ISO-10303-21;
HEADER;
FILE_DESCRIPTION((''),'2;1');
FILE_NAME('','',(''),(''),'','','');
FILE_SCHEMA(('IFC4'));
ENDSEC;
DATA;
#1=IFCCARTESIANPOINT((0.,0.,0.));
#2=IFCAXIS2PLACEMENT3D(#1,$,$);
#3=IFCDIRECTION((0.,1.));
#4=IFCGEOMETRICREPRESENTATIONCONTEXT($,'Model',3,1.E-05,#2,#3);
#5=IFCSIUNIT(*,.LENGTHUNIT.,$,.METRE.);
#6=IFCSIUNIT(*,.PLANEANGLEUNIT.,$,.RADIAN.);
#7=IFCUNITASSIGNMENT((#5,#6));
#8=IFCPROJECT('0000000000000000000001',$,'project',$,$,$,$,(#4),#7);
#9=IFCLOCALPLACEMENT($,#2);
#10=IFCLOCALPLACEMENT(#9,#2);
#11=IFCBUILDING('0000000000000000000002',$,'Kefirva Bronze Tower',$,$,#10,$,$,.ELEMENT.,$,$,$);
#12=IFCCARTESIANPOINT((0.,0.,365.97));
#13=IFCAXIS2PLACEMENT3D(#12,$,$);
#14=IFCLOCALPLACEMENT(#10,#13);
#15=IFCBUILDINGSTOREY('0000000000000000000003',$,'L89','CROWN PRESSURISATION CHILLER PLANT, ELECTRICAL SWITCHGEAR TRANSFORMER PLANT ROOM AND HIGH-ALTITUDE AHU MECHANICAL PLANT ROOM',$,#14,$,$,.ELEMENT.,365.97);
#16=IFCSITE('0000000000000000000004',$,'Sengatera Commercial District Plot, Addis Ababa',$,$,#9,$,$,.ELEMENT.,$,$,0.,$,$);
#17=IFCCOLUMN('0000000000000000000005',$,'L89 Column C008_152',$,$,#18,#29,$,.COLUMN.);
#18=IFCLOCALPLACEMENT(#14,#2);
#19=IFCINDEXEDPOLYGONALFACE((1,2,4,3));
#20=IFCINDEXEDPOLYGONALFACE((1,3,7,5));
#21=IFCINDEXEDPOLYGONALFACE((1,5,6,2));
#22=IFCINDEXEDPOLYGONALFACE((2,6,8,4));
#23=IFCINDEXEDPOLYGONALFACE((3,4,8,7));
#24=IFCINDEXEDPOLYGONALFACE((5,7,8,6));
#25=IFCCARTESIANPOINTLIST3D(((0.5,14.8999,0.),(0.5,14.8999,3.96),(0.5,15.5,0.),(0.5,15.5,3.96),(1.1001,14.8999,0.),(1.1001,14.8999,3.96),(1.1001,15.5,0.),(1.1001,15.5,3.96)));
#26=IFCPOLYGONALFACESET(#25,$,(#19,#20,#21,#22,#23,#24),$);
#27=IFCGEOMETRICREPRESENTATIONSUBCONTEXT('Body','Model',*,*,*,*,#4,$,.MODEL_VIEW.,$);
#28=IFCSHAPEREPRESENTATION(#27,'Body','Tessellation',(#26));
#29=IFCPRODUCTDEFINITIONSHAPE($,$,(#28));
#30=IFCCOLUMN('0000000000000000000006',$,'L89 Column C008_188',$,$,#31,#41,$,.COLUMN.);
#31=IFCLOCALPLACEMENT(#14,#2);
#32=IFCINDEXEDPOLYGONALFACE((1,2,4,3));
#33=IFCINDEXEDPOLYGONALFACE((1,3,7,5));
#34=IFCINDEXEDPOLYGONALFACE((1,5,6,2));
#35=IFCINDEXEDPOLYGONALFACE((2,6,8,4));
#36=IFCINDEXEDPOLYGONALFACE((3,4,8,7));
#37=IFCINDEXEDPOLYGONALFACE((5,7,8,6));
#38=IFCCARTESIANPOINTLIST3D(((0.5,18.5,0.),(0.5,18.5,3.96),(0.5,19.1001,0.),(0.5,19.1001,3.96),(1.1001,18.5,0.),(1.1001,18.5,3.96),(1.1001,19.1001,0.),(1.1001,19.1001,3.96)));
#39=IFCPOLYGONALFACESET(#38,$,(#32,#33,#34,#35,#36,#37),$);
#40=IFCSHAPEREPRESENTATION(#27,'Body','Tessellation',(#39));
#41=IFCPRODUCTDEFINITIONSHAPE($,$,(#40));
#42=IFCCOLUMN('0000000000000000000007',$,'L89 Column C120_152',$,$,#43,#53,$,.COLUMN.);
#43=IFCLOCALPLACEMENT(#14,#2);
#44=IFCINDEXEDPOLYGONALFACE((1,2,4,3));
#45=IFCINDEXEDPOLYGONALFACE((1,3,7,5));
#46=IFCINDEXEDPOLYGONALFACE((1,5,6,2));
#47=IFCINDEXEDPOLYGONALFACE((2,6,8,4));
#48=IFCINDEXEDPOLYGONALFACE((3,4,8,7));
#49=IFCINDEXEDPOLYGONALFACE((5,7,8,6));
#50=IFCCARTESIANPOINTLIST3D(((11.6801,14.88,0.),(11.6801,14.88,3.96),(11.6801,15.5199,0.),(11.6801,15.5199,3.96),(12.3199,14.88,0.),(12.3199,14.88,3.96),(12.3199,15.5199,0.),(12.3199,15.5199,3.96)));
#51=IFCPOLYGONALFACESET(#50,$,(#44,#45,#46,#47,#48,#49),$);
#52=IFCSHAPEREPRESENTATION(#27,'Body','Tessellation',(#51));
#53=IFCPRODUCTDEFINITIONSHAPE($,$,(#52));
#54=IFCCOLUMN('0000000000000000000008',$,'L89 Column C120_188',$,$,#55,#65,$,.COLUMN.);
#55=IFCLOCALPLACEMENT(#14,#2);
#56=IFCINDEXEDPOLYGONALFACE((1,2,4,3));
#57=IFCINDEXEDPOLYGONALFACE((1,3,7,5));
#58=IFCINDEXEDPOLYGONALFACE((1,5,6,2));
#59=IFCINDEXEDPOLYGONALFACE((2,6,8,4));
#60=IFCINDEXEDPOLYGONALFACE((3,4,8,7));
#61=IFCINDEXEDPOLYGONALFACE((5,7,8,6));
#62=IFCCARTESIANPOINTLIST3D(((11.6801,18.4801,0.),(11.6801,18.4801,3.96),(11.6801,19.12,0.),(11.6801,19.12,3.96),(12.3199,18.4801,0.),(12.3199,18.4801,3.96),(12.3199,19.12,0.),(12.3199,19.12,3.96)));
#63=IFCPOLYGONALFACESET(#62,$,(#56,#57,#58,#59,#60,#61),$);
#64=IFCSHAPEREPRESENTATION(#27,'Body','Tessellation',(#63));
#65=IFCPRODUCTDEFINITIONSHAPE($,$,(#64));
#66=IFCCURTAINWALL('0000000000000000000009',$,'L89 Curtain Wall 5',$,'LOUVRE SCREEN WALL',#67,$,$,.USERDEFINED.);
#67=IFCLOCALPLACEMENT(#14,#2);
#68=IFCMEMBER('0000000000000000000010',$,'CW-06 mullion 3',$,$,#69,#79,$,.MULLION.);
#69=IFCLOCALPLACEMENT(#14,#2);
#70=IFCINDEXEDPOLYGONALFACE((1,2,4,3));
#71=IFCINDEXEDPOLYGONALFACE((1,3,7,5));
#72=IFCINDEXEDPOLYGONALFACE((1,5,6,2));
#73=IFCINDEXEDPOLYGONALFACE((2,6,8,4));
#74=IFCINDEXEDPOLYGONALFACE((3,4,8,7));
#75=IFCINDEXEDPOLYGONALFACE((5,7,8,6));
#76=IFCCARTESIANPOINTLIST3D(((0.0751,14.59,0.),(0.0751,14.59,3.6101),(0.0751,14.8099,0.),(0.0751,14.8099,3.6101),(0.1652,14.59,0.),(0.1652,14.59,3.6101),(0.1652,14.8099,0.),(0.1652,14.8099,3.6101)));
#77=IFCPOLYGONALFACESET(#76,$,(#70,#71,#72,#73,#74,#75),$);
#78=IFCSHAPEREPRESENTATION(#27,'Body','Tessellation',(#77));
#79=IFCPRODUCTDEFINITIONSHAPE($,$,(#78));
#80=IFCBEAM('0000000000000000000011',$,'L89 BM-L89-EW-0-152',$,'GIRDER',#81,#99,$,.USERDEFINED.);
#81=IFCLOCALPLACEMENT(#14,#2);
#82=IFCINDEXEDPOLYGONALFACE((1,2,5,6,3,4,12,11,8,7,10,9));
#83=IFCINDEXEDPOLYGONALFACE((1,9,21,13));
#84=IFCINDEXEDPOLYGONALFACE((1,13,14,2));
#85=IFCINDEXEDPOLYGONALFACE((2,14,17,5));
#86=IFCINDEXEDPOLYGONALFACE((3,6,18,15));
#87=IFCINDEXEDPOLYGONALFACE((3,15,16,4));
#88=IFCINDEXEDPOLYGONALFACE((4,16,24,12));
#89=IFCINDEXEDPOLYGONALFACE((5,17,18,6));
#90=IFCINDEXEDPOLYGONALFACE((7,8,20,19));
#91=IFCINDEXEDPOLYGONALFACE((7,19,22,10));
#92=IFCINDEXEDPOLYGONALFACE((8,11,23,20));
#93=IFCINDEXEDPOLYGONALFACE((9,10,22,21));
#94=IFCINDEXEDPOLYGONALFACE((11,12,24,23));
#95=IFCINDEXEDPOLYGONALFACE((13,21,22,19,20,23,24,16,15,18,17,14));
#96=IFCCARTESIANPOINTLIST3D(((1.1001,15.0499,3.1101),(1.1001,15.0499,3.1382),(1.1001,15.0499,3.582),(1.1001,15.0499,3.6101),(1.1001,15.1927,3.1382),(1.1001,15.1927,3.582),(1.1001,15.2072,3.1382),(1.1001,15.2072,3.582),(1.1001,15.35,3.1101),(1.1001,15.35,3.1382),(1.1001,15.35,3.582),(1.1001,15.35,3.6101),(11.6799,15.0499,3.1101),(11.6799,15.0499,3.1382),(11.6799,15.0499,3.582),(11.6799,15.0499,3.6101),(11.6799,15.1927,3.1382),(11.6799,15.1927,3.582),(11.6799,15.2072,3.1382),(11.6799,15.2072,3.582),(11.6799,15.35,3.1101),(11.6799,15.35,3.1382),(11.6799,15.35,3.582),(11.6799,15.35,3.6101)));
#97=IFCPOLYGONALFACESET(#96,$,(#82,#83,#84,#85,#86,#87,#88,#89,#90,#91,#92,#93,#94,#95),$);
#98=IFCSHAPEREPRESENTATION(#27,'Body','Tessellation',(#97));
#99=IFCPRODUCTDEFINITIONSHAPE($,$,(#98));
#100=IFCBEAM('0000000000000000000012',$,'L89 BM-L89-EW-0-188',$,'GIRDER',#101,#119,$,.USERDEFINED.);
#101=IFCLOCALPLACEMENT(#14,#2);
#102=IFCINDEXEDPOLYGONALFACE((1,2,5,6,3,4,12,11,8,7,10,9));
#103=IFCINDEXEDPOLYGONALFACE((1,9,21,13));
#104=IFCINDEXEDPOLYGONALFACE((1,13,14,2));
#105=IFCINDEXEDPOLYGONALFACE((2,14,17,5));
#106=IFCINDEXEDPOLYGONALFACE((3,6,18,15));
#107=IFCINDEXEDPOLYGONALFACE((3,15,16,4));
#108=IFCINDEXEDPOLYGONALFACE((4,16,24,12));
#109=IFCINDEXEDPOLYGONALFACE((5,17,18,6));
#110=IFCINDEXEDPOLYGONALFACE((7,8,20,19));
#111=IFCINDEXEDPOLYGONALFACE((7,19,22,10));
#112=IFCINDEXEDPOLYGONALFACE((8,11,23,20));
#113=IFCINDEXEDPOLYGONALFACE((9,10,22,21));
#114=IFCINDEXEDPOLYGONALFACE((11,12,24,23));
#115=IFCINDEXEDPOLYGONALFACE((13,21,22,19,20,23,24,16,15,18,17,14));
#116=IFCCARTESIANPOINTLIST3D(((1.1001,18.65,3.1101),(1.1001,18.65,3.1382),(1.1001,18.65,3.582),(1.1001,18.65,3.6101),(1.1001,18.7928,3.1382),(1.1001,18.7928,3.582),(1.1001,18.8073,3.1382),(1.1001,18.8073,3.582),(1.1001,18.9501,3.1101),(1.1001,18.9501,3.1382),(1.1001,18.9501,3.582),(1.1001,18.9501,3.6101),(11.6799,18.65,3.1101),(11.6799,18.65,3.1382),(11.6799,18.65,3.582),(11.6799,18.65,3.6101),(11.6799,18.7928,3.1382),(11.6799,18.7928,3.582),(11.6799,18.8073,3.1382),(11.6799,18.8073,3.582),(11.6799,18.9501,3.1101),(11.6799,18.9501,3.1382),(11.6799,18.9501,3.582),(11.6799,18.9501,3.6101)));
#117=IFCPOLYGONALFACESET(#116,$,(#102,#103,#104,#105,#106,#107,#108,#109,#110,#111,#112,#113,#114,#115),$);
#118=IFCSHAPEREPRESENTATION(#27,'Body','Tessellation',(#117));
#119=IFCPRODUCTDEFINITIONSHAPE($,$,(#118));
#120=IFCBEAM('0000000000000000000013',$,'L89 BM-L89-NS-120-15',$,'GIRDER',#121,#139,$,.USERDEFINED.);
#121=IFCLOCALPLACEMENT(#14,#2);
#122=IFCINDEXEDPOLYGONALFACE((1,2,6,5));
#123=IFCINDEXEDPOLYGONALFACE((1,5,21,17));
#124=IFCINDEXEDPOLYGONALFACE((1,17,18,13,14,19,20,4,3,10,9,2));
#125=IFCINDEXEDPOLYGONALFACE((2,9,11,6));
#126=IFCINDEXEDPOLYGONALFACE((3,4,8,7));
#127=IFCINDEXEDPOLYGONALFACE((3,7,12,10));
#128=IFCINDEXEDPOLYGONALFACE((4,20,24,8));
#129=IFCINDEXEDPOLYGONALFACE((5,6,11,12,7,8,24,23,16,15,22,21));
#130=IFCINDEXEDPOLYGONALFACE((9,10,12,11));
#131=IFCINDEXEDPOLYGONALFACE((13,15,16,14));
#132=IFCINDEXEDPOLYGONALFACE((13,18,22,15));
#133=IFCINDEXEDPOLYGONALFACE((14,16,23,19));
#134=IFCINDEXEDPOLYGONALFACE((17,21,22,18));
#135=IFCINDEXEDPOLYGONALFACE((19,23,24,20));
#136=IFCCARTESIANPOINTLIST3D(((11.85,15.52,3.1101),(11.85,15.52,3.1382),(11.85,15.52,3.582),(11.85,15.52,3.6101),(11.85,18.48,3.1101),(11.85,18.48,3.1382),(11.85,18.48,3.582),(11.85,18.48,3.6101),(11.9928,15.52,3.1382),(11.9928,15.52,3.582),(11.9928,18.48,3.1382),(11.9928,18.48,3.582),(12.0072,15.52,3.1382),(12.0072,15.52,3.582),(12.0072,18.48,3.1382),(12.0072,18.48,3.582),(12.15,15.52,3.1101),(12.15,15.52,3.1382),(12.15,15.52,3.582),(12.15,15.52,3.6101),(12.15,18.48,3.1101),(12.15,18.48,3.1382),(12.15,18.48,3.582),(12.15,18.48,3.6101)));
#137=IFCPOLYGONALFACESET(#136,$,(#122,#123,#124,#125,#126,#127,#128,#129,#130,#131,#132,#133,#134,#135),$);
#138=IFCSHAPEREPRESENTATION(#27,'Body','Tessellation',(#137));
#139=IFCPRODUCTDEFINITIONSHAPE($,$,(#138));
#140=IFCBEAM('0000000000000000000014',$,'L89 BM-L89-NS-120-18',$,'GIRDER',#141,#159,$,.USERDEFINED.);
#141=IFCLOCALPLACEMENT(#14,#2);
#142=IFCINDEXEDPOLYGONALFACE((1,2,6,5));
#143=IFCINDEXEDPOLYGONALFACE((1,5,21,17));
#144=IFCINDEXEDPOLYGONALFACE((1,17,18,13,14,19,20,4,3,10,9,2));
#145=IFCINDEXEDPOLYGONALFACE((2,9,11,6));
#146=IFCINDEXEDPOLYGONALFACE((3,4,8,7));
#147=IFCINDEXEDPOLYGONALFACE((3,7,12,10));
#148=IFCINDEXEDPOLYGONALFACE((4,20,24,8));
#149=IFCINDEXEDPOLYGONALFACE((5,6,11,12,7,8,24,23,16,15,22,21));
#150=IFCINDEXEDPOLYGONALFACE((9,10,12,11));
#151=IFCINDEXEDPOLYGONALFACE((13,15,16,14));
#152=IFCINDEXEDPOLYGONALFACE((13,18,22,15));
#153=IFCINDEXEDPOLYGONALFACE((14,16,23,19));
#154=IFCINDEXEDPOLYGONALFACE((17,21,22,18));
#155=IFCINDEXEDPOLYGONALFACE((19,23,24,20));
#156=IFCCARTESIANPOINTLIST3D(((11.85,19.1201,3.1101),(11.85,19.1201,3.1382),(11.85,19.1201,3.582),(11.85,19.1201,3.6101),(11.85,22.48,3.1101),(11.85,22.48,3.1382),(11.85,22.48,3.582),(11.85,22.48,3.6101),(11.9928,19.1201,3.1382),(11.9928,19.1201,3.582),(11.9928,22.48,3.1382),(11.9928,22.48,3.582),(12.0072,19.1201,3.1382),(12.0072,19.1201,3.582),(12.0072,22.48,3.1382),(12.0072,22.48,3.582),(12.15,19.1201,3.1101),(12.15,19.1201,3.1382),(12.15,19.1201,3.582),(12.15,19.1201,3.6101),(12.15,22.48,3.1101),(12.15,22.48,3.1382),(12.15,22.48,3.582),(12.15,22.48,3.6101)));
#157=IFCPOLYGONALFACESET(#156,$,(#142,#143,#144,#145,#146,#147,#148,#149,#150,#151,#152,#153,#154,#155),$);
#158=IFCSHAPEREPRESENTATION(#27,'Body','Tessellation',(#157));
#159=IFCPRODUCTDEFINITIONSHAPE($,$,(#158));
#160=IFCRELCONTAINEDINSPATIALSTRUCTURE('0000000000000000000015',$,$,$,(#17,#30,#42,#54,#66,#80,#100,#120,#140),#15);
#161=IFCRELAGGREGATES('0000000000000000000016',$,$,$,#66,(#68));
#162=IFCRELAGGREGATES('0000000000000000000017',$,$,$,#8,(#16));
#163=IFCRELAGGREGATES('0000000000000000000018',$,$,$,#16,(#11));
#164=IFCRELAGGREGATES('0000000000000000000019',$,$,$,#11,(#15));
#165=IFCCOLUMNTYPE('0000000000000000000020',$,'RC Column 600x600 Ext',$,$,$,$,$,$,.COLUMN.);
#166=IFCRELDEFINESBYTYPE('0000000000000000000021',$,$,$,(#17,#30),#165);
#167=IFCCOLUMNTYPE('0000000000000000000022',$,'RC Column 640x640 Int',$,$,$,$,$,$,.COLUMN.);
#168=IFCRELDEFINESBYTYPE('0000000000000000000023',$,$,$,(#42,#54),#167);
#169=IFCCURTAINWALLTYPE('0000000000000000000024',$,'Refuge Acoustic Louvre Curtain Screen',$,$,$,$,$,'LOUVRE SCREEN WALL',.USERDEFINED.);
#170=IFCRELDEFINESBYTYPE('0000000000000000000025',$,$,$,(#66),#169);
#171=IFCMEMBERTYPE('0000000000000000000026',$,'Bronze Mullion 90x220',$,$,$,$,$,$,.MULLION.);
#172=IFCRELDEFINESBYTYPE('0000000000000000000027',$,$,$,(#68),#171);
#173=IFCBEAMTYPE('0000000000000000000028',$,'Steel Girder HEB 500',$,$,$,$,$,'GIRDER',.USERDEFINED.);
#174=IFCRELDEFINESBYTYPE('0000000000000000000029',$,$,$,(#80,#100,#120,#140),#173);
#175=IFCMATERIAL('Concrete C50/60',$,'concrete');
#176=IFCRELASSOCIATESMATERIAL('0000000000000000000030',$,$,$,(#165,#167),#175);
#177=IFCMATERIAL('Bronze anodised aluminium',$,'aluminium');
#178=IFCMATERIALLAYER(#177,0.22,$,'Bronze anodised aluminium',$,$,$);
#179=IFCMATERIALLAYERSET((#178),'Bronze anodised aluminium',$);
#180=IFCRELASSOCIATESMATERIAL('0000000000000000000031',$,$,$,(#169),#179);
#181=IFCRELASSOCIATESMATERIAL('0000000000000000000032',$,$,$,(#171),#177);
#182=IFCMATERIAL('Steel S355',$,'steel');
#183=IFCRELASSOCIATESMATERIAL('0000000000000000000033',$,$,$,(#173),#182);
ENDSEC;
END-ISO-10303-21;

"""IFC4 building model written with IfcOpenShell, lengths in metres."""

from ifc_helpers import new_model, si_unit, direction, frame, origin, origin_2d, place, context, subcontext, project, spatial, rectangle, i_section, extrude, material, layer, layer_set, material_profile, profile_set, type_object, element, aggregate, save


model = new_model("IFC4")

# Units and contexts
model_context = context("Model", 3, precision=1e-05, world=origin(), true_north=direction((0.0, 1.0)))
body_context = subcontext(model_context, "Body", "Model", "MODEL_VIEW")
ifc_project = project(units=[si_unit("LENGTHUNIT", "METRE"), si_unit("PLANEANGLEUNIT", "RADIAN")], contexts=[model_context])

# Site, building, storey
site_placement = place(None, origin())
site = spatial("IfcSite", under=ifc_project, at=site_placement, Name="Sengatera Commercial District Plot, Addis Ababa", CompositionType="ELEMENT", RefElevation=0.0)
building_placement = place(site_placement, origin())
building = spatial("IfcBuilding", under=site, at=building_placement, Name="Kefirva Bronze Tower", CompositionType="ELEMENT")
storey_placement = place(building_placement, frame((0.0, 0.0, 365.97)))
storey = spatial("IfcBuildingStorey", under=building, at=storey_placement, Name="L89", Description="CROWN PRESSURISATION CHILLER PLANT, ELECTRICAL SWITCHGEAR TRANSFORMER PLANT ROOM AND HIGH-ALTITUDE AHU MECHANICAL PLANT ROOM", CompositionType="ELEMENT", Elevation=365.97)

# Columns
ifc_material_1 = material(Name="Concrete C50/60", Category="concrete")
ifc_material_profile_1 = material_profile(ifc_material_1, rectangle(XDim=0.6001, YDim=0.6001, at=origin_2d()), Name="RC 600x600")
ifc_profile_set_1 = profile_set([ifc_material_profile_1], Name="Concrete C50/60")
column_type_1 = type_object("IfcColumnType", Name="RC Column 600x600 Ext", PredefinedType="COLUMN", material=ifc_profile_set_1)
for number, where, z_axis, x_axis, name in (
    (1, (0.8, 15.2, 0.0), (0.0, 0.0, 1.0), (1.0, 0.0, 0.0), "L89 Column C008_152"),
    (2, (0.8, 18.8, 0.0), (0.0, 0.0, 1.0), (1.0, 0.0, 0.0), "L89 Column C008_188"),
):
    element("IfcColumn", number, at=place(storey_placement, frame(where, z_axis=z_axis, x_axis=x_axis)), inside=storey, type_object=column_type_1, Name=name, PredefinedType="COLUMN", context=body_context, shape_type="SweptSolid", body=[
        extrude(rectangle(XDim=0.6001, YDim=0.6001, at=origin_2d()), origin(), (0.0, 0.0, 1.0), 3.96),
    ])
ifc_material_profile_2 = material_profile(ifc_material_1, rectangle(XDim=0.6399, YDim=0.6399, at=origin_2d()), Name="RC 640x640")
ifc_profile_set_2 = profile_set([ifc_material_profile_2], Name="Concrete C50/60")
column_type_2 = type_object("IfcColumnType", Name="RC Column 640x640 Int", PredefinedType="COLUMN", material=ifc_profile_set_2)
for number, where, z_axis, x_axis, name in (
    (3, (12.0, 15.2, 0.0), (0.0, 0.0, 1.0), (1.0, 0.0, 0.0), "L89 Column C120_152"),
    (4, (12.0, 18.8, 0.0), (0.0, 0.0, 1.0), (1.0, 0.0, 0.0), "L89 Column C120_188"),
):
    element("IfcColumn", number, at=place(storey_placement, frame(where, z_axis=z_axis, x_axis=x_axis)), inside=storey, type_object=column_type_2, Name=name, PredefinedType="COLUMN", context=body_context, shape_type="SweptSolid", body=[
        extrude(rectangle(XDim=0.6399, YDim=0.6399, at=origin_2d()), origin(), (0.0, 0.0, 1.0), 3.96),
    ])

# Curtain wall, member
ifc_material_2 = material(Name="Bronze anodised aluminium", Category="aluminium")
ifc_layer_1 = layer(ifc_material_2, 0.22, Name="Bronze anodised aluminium")
ifc_layer_set_1 = layer_set([ifc_layer_1], Name="Bronze anodised aluminium")
curtain_wall_type = type_object("IfcCurtainWallType", Name="Refuge Acoustic Louvre Curtain Screen", ElementType="LOUVRE SCREEN WALL", PredefinedType="USERDEFINED", material=ifc_layer_set_1)
curtain_wall_placement = place(storey_placement, origin())
curtain_wall = element("IfcCurtainWall", 5, at=curtain_wall_placement, inside=storey, type_object=curtain_wall_type, Name="L89 Curtain Wall 5", ObjectType="LOUVRE SCREEN WALL", PredefinedType="USERDEFINED")
ifc_material_profile_3 = material_profile(ifc_material_2, rectangle(XDim=0.0901, YDim=0.22, at=origin_2d()), Name="ALU 90x220")
ifc_profile_set_3 = profile_set([ifc_material_profile_3], Name="Bronze anodised aluminium")
member_type_1 = type_object("IfcMemberType", Name="Bronze Mullion 90x220", PredefinedType="MULLION", material=ifc_profile_set_3)
member_1_placement = place(storey_placement, frame((0.1201, 14.7, 0.0), z_axis=(0.0, 0.0, 1.0), x_axis=(1.0, 0.0, 0.0)))
member_1 = element("IfcMember", 6, at=member_1_placement, type_object=member_type_1, Name="CW-06 mullion 3", PredefinedType="MULLION", context=body_context, shape_type="SweptSolid", body=[
    extrude(rectangle(XDim=0.0901, YDim=0.22, at=origin_2d()), origin(), (0.0, 0.0, 1.0), 3.6101),
])
aggregate(curtain_wall, [member_1])

# Beams
ifc_material_3 = material(Name="Steel S355", Category="steel")
ifc_material_profile_4 = material_profile(ifc_material_3, i_section(OverallWidth=0.3, OverallDepth=0.5, WebThickness=0.0144, FlangeThickness=0.0281, at=origin_2d()), Name="HEB 500")
ifc_profile_set_4 = profile_set([ifc_material_profile_4], Name="Steel S355")
beam_type_1 = type_object("IfcBeamType", Name="Steel Girder HEB 500", ElementType="GIRDER", PredefinedType="USERDEFINED", material=ifc_profile_set_4)
for number, where, z_axis, x_axis, name in (
    (7, (1.1001, 15.2, 3.3601), (1.0, 0.0, 0.0), (0.0, 1.0, 0.0), "L89 BM-L89-EW-0-152"),
    (8, (1.1001, 18.8, 3.3601), (1.0, 0.0, 0.0), (0.0, 1.0, 0.0), "L89 BM-L89-EW-0-188"),
):
    element("IfcBeam", number, at=place(storey_placement, frame(where, z_axis=z_axis, x_axis=x_axis)), inside=storey, type_object=beam_type_1, Name=name, ObjectType="GIRDER", PredefinedType="USERDEFINED", context=body_context, shape_type="SweptSolid", body=[
        extrude(i_section(OverallWidth=0.3, OverallDepth=0.5, WebThickness=0.0144, FlangeThickness=0.0281, at=origin_2d()), origin(), (0.0, 0.0, 1.0), 10.5798),
    ])
beam_1_placement = place(storey_placement, frame((12.0, 15.52, 3.3601), z_axis=(0.0, 1.0, 0.0), x_axis=(-1.0, 0.0, 0.0)))
element("IfcBeam", 9, at=beam_1_placement, inside=storey, type_object=beam_type_1, Name="L89 BM-L89-NS-120-15", ObjectType="GIRDER", PredefinedType="USERDEFINED", context=body_context, shape_type="SweptSolid", body=[
    extrude(i_section(OverallWidth=0.3, OverallDepth=0.5, WebThickness=0.0144, FlangeThickness=0.0281, at=origin_2d()), origin(), (0.0, 0.0, 1.0), 2.96),
])
beam_2_placement = place(storey_placement, frame((12.0, 19.1201, 3.3601), z_axis=(0.0, 1.0, 0.0), x_axis=(-1.0, 0.0, 0.0)))
element("IfcBeam", 10, at=beam_2_placement, inside=storey, type_object=beam_type_1, Name="L89 BM-L89-NS-120-18", ObjectType="GIRDER", PredefinedType="USERDEFINED", context=body_context, shape_type="SweptSolid", body=[
    extrude(i_section(OverallWidth=0.3, OverallDepth=0.5, WebThickness=0.0144, FlangeThickness=0.0281, at=origin_2d()), origin(), (0.0, 0.0, 1.0), 3.3599),
])

save(model, "model.ifc")
